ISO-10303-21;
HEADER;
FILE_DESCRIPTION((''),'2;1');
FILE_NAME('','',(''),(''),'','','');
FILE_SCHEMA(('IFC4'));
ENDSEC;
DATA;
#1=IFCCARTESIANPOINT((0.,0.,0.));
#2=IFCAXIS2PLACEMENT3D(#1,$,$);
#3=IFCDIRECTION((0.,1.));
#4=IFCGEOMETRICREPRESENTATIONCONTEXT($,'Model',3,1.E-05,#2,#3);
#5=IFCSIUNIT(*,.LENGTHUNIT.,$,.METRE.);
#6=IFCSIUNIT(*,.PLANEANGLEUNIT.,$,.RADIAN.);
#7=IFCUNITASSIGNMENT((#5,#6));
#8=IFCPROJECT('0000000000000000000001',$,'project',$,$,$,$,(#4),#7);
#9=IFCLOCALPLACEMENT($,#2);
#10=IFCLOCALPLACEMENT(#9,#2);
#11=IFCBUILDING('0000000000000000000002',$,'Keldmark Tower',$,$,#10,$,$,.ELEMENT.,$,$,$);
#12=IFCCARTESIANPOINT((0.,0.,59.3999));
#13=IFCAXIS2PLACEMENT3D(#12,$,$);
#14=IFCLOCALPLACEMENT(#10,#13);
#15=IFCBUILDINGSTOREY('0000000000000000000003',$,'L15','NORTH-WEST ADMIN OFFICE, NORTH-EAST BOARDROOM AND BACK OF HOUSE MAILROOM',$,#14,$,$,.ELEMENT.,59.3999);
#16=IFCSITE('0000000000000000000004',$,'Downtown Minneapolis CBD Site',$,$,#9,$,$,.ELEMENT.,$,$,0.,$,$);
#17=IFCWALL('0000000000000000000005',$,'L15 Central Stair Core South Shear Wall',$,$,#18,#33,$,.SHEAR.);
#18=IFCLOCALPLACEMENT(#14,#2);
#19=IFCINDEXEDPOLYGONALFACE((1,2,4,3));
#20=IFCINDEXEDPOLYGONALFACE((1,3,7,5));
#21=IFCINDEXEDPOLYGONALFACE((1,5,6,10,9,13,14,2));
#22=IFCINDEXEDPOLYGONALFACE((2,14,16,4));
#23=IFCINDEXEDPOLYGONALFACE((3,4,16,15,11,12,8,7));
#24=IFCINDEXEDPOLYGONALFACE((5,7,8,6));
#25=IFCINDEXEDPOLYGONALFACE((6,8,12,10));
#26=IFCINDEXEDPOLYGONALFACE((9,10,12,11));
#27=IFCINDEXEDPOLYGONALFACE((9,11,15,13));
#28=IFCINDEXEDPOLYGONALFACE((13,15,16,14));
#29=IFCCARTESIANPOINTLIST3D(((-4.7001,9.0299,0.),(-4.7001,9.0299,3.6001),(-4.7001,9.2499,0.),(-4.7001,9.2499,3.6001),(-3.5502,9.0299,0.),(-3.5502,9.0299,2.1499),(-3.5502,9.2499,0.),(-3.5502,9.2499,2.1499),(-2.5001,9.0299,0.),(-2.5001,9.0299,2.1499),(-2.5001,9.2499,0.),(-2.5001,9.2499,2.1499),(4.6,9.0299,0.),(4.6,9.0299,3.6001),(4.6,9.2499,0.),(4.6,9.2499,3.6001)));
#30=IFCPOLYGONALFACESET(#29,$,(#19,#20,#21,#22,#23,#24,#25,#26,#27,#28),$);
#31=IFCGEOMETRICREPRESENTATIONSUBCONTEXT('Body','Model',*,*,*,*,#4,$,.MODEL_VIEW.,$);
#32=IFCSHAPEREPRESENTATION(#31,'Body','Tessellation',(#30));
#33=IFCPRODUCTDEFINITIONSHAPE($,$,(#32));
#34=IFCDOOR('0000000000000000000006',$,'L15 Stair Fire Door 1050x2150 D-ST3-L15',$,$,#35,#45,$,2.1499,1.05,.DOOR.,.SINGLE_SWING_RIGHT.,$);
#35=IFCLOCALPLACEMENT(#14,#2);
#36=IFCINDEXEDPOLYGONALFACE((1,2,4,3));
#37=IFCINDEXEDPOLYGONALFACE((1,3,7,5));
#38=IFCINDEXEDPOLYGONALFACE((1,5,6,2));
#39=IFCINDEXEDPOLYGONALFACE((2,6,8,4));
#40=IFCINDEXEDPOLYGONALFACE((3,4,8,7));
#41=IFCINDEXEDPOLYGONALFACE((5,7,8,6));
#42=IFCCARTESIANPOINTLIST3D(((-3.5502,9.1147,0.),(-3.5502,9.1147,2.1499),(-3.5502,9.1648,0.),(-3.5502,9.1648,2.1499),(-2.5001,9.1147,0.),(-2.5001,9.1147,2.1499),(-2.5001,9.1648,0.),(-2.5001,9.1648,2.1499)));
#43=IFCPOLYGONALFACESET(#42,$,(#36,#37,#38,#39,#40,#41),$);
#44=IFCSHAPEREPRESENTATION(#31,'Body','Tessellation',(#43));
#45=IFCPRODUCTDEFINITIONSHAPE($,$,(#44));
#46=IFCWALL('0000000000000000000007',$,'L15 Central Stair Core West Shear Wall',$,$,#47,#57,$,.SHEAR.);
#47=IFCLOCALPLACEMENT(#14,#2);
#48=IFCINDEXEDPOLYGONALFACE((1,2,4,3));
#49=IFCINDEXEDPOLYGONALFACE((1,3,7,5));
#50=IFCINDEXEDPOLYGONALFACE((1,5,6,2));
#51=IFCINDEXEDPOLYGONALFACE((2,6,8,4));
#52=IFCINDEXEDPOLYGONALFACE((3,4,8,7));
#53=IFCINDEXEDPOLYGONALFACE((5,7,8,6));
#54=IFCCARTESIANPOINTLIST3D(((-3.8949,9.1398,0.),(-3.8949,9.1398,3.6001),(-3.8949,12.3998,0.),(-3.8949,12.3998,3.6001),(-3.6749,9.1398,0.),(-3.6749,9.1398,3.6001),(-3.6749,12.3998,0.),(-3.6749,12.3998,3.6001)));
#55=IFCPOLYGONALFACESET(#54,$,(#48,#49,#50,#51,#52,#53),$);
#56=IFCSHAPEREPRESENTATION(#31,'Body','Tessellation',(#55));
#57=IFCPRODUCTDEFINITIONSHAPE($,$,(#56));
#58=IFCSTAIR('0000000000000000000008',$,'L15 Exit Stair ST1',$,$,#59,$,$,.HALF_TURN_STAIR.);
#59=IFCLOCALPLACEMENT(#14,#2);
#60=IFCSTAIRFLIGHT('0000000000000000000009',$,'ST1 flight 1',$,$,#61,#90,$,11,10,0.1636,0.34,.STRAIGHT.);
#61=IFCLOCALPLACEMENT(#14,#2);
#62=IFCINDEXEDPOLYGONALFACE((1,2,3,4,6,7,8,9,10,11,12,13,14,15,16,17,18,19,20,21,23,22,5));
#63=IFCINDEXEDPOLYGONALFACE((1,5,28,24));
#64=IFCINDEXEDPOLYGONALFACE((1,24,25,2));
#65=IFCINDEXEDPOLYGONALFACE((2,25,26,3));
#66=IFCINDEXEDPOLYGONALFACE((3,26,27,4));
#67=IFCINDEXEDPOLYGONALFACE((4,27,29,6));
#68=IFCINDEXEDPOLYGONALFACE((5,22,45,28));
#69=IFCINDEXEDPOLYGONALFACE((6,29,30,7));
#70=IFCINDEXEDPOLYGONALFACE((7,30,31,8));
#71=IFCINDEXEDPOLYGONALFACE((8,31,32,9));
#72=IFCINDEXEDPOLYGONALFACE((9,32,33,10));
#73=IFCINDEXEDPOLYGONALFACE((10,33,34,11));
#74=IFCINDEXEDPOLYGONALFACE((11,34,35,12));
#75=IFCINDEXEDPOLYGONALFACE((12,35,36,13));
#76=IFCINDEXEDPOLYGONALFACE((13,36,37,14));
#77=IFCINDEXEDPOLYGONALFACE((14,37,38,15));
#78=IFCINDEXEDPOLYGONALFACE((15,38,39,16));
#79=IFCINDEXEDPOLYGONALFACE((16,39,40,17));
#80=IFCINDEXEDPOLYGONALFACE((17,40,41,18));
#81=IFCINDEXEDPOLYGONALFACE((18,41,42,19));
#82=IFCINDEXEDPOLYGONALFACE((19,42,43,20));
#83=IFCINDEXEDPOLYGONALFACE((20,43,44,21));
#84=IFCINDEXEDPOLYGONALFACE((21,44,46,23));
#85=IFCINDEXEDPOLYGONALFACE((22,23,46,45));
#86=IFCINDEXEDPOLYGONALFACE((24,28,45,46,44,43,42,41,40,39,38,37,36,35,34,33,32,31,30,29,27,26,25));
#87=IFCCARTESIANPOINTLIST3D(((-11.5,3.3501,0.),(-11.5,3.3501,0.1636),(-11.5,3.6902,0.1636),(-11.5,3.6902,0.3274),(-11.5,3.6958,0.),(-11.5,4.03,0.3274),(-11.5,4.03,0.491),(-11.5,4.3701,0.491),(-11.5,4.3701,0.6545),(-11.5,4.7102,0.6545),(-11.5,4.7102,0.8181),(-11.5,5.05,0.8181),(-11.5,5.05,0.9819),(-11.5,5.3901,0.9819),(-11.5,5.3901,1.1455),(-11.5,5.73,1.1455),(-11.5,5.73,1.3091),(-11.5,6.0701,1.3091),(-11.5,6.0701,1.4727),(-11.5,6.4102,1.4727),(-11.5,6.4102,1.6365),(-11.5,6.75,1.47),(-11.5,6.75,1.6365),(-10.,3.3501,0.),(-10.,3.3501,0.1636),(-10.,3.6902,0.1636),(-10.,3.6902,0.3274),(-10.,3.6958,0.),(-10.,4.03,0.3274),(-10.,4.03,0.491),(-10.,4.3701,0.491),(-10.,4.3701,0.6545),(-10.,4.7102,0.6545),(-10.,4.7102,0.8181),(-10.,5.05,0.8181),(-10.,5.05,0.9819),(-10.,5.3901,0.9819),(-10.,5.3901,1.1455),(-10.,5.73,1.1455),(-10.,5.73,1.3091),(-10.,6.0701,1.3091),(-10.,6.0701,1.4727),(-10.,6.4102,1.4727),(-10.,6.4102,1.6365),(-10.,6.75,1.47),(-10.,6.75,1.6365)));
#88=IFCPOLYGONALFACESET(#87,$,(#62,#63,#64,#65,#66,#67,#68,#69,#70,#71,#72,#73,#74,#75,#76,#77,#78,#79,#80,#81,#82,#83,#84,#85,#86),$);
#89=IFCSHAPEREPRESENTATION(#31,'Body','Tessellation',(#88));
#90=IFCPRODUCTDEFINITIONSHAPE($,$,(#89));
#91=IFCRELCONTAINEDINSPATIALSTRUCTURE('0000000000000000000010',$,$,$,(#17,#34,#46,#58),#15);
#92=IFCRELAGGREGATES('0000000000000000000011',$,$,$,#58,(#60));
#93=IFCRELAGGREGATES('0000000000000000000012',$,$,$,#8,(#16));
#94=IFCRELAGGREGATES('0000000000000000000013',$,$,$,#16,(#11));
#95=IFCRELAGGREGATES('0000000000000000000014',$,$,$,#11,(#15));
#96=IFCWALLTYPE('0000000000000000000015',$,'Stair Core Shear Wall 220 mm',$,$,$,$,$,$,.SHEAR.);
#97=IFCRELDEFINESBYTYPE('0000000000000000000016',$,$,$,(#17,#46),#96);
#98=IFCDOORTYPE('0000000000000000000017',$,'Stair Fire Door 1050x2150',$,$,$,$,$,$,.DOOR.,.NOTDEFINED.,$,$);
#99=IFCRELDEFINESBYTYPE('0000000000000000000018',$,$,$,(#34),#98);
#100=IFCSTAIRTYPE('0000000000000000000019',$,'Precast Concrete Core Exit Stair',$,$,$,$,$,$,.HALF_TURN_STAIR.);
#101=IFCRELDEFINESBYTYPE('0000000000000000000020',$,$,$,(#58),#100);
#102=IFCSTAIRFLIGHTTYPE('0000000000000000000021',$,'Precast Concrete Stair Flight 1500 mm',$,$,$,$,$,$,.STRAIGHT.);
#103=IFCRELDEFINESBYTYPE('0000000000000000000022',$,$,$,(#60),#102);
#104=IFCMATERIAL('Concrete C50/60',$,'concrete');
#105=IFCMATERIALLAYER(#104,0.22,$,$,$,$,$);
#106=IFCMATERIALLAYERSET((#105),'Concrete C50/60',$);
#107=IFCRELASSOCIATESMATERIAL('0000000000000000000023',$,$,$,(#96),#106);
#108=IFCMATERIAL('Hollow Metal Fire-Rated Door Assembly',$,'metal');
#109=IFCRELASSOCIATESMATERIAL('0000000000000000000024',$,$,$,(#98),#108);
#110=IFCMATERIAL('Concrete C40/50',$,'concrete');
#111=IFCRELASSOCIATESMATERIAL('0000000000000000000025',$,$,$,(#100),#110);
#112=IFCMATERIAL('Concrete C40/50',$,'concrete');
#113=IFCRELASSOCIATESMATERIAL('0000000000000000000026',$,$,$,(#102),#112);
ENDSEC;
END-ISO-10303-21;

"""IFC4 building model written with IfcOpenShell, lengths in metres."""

from ifc_helpers import new_model, si_unit, direction, frame, frame_2d, origin, place, context, subcontext, project, spatial, polyline, rectangle, outline, extrude, material, layer, layer_set, type_object, element, fill, aggregate, save


model = new_model("IFC4")

# Units and contexts
model_context = context("Model", 3, precision=1e-05, world=origin(), true_north=direction((0.0, 1.0)))
body_context = subcontext(model_context, "Body", "Model", "MODEL_VIEW")
ifc_project = project(units=[si_unit("LENGTHUNIT", "METRE"), si_unit("PLANEANGLEUNIT", "RADIAN")], contexts=[model_context])

# Site, building, storey
site_placement = place(None, origin())
site = spatial("IfcSite", under=ifc_project, at=site_placement, Name="Downtown Minneapolis CBD Site", CompositionType="ELEMENT", RefElevation=0.0)
building_placement = place(site_placement, origin())
building = spatial("IfcBuilding", under=site, at=building_placement, Name="Keldmark Tower", CompositionType="ELEMENT")
storey_placement = place(building_placement, frame((0.0, 0.0, 59.3999)))
storey = spatial("IfcBuildingStorey", under=building, at=storey_placement, Name="L15", Description="NORTH-WEST ADMIN OFFICE, NORTH-EAST BOARDROOM AND BACK OF HOUSE MAILROOM", CompositionType="ELEMENT", Elevation=59.3999)

# Shared definitions
ifc_material_1 = material(Name="Concrete C50/60", Category="concrete")
ifc_layer_1 = layer(ifc_material_1, 0.22)
ifc_layer_set_1 = layer_set([ifc_layer_1], Name="Concrete C50/60")
wall_type_1 = type_object("IfcWallType", Name="Stair Core Shear Wall 220 mm", PredefinedType="SHEAR", material=ifc_layer_set_1)

# Wall, opening, door
wall_1_placement = place(storey_placement, frame((-4.7, 9.1399, 0.0), z_axis=(0.0, 0.0, 1.0), x_axis=(1.0, 0.0, 0.0)))
wall_1 = element("IfcWall", 1, at=wall_1_placement, inside=storey, type_object=wall_type_1, Name="L15 Central Stair Core South Shear Wall", PredefinedType="SHEAR", context=body_context, shape_type="SweptSolid", body=[
    extrude(rectangle(XDim=9.3, YDim=0.22, at=frame_2d((4.6499, 0.0))), origin(), (0.0, 0.0, 1.0), 3.6001),
])
opening_1_placement = place(wall_1_placement, frame((1.1499, 0.0, 0.0)))
opening_1 = element("IfcOpeningElement", 2, at=opening_1_placement, cuts=wall_1, PredefinedType="OPENING", context=body_context, shape_type="SweptSolid", body=[
    extrude(rectangle(XDim=1.05, YDim=2.1499, at=frame_2d((0.5249, 1.075))), frame((0.0, 0.1199, 0.0), z_axis=(0.0, -1.0, 0.0), x_axis=(1.0, 0.0, 0.0)), (0.0, 0.0, 1.0), 0.24),
])
ifc_material_2 = material(Name="Hollow Metal Fire-Rated Door Assembly", Category="metal")
door_type_1 = type_object("IfcDoorType", Name="Stair Fire Door 1050x2150", OperationType="NOTDEFINED", PredefinedType="DOOR", material=ifc_material_2)
door_1_placement = place(opening_1_placement, origin())
door_1 = element("IfcDoor", 3, at=door_1_placement, inside=storey, type_object=door_type_1, Name="L15 Stair Fire Door 1050x2150 D-ST3-L15", OperationType="SINGLE_SWING_RIGHT", OverallHeight=2.1499, OverallWidth=1.05, PredefinedType="DOOR", context=body_context, shape_type="SweptSolid", body=[
    extrude(rectangle(XDim=1.05, YDim=2.1499, at=frame_2d((0.5249, 1.075))), frame((0.0, 0.0249, 0.0), z_axis=(0.0, -1.0, 0.0), x_axis=(1.0, 0.0, 0.0)), (0.0, 0.0, 1.0), 0.05),
])
fill(opening_1, door_1)

# Wall
wall_2_placement = place(storey_placement, frame((-3.7849, 9.1399, 0.0), z_axis=(0.0, 0.0, 1.0), x_axis=(0.0, 1.0, 0.0)))
element("IfcWall", 4, at=wall_2_placement, inside=storey, type_object=wall_type_1, Name="L15 Central Stair Core West Shear Wall", PredefinedType="SHEAR", context=body_context, shape_type="SweptSolid", body=[
    extrude(rectangle(XDim=3.26, YDim=0.22, at=frame_2d((1.6299, 0.0))), origin(), (0.0, 0.0, 1.0), 3.6001),
])

# Stair, stair flight
ifc_material_3 = material(Name="Concrete C40/50", Category="concrete")
stair_type = type_object("IfcStairType", Name="Precast Concrete Core Exit Stair", PredefinedType="HALF_TURN_STAIR", material=ifc_material_3)
stair_placement = place(storey_placement, origin())
stair = element("IfcStair", 5, at=stair_placement, inside=storey, type_object=stair_type, Name="L15 Exit Stair ST1", PredefinedType="HALF_TURN_STAIR")
ifc_material_4 = material(Name="Concrete C40/50", Category="concrete")
stair_flight_type = type_object("IfcStairFlightType", Name="Precast Concrete Stair Flight 1500 mm", PredefinedType="STRAIGHT", material=ifc_material_4)
stair_flight_placement = place(storey_placement, frame((-10.75, 3.3501, 0.0), z_axis=(0.0, 0.0, 1.0), x_axis=(0.0, 1.0, 0.0)))
stair_flight = element("IfcStairFlight", 6, at=stair_flight_placement, type_object=stair_flight_type, Name="ST1 flight 1", NumberOfRisers=11, NumberOfTreads=10, PredefinedType="STRAIGHT", RiserHeight=0.1636, TreadLength=0.34, context=body_context, shape_type="SweptSolid", body=[
    extrude(outline(polyline([(0.0, 0.0), (0.0, 0.1636), (0.3401, 0.1636), (0.3401, 0.3274), (0.6799, 0.3274), (0.6799, 0.491), (1.02, 0.491), (1.02, 0.6545), (1.3601, 0.6545), (1.3601, 0.8181), (1.7, 0.8181), (1.7, 0.9819), (2.04, 0.9819), (2.04, 1.1455), (2.3799, 1.1455), (2.3799, 1.3091), (2.72, 1.3091), (2.72, 1.4727), (3.0601, 1.4727), (3.0601, 1.6365), (3.3999, 1.6365), (3.3999, 1.8), (3.3999, 1.47), (0.3457, 0.0), (0.0, 0.0)])), frame((0.0, 0.75, 0.0), z_axis=(0.0, -1.0, 0.0), x_axis=(1.0, 0.0, 0.0)), (0.0, 0.0, 1.0), 1.5),
])
aggregate(stair, [stair_flight])

save(model, "model.ifc")
